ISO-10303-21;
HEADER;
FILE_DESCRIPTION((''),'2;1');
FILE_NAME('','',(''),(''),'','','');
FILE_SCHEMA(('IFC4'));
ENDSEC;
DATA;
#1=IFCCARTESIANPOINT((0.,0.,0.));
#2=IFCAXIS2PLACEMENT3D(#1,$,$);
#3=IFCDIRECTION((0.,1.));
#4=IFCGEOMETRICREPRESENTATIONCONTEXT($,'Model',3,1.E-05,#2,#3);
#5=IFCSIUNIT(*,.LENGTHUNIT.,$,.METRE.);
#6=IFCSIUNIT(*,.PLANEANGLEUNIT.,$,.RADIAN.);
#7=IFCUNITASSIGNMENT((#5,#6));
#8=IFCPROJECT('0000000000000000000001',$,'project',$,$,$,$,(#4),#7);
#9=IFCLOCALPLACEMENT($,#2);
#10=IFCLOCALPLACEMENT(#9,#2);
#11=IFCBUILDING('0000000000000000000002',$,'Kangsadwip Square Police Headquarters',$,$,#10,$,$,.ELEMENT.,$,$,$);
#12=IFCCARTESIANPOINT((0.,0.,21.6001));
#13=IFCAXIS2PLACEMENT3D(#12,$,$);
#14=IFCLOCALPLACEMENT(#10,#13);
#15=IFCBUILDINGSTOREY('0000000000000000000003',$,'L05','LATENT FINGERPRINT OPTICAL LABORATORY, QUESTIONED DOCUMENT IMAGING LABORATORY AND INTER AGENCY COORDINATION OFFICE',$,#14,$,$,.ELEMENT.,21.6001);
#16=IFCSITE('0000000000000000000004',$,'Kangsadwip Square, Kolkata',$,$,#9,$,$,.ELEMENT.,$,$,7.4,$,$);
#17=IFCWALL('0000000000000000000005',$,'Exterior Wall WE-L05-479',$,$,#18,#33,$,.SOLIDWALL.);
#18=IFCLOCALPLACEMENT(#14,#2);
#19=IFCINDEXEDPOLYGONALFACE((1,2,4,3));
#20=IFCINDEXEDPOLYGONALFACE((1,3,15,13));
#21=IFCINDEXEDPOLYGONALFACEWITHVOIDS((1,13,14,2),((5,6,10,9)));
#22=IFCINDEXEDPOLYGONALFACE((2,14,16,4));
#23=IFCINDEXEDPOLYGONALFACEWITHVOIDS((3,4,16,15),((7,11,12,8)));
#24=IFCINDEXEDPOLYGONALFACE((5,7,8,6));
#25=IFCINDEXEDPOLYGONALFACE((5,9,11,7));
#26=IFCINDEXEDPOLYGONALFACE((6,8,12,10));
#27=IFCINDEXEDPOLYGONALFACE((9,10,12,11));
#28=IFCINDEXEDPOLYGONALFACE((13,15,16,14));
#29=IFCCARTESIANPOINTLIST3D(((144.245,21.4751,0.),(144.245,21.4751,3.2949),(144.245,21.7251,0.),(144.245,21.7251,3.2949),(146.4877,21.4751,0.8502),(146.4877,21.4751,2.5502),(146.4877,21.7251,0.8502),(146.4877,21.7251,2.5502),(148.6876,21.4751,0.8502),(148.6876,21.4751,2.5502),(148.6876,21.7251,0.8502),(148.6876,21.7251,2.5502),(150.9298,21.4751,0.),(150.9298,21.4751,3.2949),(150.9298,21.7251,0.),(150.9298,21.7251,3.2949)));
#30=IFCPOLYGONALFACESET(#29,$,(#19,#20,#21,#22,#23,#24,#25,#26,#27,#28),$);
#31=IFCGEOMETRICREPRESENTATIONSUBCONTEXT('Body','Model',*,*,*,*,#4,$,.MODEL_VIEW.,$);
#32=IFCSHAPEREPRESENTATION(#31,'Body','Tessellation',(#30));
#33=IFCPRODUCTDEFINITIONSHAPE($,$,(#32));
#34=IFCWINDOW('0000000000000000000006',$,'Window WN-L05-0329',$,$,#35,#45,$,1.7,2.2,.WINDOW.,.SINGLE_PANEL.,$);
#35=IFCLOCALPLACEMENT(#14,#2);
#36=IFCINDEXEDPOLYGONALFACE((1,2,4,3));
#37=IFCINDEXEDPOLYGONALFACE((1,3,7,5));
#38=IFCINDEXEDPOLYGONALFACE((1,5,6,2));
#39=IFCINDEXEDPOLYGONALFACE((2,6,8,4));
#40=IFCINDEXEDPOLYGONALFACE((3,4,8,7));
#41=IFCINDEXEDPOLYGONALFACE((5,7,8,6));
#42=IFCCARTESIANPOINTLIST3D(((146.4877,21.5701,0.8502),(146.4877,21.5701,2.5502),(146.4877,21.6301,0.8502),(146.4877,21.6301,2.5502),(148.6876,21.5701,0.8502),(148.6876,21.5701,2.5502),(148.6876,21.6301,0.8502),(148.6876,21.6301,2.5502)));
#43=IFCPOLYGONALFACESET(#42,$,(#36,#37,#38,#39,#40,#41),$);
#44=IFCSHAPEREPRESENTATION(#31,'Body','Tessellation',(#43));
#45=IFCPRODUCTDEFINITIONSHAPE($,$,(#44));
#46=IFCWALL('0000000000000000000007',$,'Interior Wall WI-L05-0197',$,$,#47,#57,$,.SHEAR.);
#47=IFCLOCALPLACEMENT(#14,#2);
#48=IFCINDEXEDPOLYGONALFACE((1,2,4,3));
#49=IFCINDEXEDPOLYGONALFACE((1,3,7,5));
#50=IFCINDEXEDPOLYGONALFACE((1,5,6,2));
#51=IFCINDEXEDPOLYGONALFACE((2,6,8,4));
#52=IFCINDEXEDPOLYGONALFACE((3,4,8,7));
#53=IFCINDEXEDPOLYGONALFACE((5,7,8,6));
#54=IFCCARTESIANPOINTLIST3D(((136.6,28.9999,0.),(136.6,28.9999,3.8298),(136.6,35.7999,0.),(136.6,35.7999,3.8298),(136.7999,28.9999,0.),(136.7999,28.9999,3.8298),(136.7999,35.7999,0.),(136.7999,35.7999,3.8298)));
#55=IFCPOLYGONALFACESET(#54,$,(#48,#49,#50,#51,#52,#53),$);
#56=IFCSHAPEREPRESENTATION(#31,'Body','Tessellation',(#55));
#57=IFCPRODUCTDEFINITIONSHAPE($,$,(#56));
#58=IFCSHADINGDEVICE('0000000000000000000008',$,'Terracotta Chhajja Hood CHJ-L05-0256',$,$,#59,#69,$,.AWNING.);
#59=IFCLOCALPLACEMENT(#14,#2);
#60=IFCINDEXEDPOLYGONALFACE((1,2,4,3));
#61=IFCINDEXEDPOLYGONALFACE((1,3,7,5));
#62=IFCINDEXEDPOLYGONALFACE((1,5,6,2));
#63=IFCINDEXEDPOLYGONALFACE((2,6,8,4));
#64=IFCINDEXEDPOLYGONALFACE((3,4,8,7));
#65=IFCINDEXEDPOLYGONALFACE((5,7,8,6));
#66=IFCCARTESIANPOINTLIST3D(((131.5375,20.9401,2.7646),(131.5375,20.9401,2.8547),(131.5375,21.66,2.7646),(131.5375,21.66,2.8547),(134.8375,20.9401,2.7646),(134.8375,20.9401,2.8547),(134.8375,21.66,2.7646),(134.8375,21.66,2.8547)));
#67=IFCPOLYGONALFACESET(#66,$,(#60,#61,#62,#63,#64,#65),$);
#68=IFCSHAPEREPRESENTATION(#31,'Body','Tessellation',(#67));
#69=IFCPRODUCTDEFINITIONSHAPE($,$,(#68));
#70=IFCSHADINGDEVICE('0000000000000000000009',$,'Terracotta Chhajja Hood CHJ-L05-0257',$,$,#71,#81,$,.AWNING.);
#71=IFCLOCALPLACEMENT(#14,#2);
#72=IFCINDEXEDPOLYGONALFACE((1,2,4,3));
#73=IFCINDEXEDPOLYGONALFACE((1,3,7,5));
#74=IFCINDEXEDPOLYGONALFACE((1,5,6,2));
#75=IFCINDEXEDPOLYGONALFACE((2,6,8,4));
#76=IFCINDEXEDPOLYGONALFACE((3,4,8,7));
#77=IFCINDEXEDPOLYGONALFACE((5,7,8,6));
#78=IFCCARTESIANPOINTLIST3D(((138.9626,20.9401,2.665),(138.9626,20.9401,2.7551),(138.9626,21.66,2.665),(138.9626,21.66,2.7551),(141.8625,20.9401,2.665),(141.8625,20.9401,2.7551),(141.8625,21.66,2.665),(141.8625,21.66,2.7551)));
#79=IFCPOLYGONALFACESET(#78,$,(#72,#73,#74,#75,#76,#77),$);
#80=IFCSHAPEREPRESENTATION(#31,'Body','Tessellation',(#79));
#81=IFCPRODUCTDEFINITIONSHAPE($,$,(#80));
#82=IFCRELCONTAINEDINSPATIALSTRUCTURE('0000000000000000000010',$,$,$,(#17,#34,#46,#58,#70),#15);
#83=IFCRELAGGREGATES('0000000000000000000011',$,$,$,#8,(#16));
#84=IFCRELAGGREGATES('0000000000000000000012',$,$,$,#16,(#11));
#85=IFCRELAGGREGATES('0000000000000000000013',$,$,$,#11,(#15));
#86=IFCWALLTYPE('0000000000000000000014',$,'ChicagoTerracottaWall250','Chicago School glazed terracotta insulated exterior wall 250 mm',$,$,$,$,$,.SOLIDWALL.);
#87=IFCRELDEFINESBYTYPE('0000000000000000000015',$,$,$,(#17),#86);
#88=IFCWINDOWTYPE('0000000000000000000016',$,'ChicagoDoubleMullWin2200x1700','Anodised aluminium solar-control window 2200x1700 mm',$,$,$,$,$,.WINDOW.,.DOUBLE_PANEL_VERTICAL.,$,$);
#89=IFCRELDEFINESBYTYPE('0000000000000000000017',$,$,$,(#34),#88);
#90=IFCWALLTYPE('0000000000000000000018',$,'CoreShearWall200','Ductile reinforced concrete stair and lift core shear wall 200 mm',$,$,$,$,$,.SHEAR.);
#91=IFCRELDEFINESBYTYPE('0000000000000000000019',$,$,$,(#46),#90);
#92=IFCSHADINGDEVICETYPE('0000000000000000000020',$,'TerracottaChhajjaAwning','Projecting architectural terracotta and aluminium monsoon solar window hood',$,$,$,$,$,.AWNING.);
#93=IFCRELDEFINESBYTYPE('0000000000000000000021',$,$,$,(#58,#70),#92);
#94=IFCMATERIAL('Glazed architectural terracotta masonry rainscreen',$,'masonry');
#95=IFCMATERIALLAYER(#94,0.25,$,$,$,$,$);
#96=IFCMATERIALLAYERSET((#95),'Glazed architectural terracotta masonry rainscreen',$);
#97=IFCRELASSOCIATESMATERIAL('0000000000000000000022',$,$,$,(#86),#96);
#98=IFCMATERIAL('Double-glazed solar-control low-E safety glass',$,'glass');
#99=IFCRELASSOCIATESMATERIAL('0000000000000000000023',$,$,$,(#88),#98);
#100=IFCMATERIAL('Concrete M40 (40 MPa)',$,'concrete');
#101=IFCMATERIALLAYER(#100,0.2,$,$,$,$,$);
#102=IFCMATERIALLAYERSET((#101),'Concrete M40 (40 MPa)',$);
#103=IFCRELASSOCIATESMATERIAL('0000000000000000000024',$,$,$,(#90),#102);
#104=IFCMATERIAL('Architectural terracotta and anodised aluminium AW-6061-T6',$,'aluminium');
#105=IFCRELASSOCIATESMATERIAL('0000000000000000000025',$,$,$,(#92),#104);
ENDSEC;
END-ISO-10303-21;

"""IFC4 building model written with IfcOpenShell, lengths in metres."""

from ifc_helpers import new_model, si_unit, direction, frame, frame_2d, origin, origin_2d, place, context, subcontext, project, spatial, rectangle, extrude, material, layer, layer_set, type_object, element, fill, save


model = new_model("IFC4")

# Units and contexts
model_context = context("Model", 3, precision=1e-05, world=origin(), true_north=direction((0.0, 1.0)))
body_context = subcontext(model_context, "Body", "Model", "MODEL_VIEW")
ifc_project = project(units=[si_unit("LENGTHUNIT", "METRE"), si_unit("PLANEANGLEUNIT", "RADIAN")], contexts=[model_context])

# Site, building, storey
site_placement = place(None, origin())
site = spatial("IfcSite", under=ifc_project, at=site_placement, Name="Kangsadwip Square, Kolkata", CompositionType="ELEMENT", RefElevation=7.4)
building_placement = place(site_placement, origin())
building = spatial("IfcBuilding", under=site, at=building_placement, Name="Kangsadwip Square Police Headquarters", CompositionType="ELEMENT")
storey_placement = place(building_placement, frame((0.0, 0.0, 21.6001)))
storey = spatial("IfcBuildingStorey", under=building, at=storey_placement, Name="L05", Description="LATENT FINGERPRINT OPTICAL LABORATORY, QUESTIONED DOCUMENT IMAGING LABORATORY AND INTER AGENCY COORDINATION OFFICE", CompositionType="ELEMENT", Elevation=21.6001)

# Wall, opening, window
ifc_material_1 = material(Name="Glazed architectural terracotta masonry rainscreen", Category="masonry")
ifc_layer_1 = layer(ifc_material_1, 0.25)
ifc_layer_set_1 = layer_set([ifc_layer_1], Name="Glazed architectural terracotta masonry rainscreen")
wall_type_1 = type_object("IfcWallType", Name="ChicagoTerracottaWall250", Description="Chicago School glazed terracotta insulated exterior wall 250 mm", PredefinedType="SOLIDWALL", material=ifc_layer_set_1)
wall_1_placement = place(storey_placement, frame((144.2451, 21.6001, 0.0), z_axis=(0.0, 0.0, 1.0), x_axis=(1.0, 0.0, 0.0)))
wall_1 = element("IfcWall", 1, at=wall_1_placement, inside=storey, type_object=wall_type_1, Name="Exterior Wall WE-L05-479", PredefinedType="SOLIDWALL", context=body_context, shape_type="SweptSolid", body=[
    extrude(rectangle(XDim=6.6848, YDim=0.25, at=frame_2d((3.3423, 0.0))), origin(), (0.0, 0.0, 1.0), 3.2949),
])
opening_1_placement = place(wall_1_placement, frame((2.2424, 0.0, 0.8501)))
opening_1 = element("IfcOpeningElement", 2, at=opening_1_placement, cuts=wall_1, PredefinedType="OPENING", context=body_context, shape_type="SweptSolid", body=[
    extrude(rectangle(XDim=2.2, YDim=1.7, at=frame_2d((1.1001, 0.8501))), frame((0.0, 0.135, 0.0), z_axis=(0.0, -1.0, 0.0), x_axis=(1.0, 0.0, 0.0)), (0.0, 0.0, 1.0), 0.27),
])
ifc_material_2 = material(Name="Double-glazed solar-control low-E safety glass", Category="glass")
window_type_1 = type_object("IfcWindowType", Name="ChicagoDoubleMullWin2200x1700", Description="Anodised aluminium solar-control window 2200x1700 mm", PartitioningType="DOUBLE_PANEL_VERTICAL", PredefinedType="WINDOW", material=ifc_material_2)
window_1_placement = place(opening_1_placement, origin())
window_1 = element("IfcWindow", 3, at=window_1_placement, inside=storey, type_object=window_type_1, Name="Window WN-L05-0329", OverallHeight=1.7, OverallWidth=2.2, PartitioningType="SINGLE_PANEL", PredefinedType="WINDOW", context=body_context, shape_type="SweptSolid", body=[
    extrude(rectangle(XDim=2.2, YDim=1.7, at=frame_2d((1.1001, 0.8501))), frame((0.0, 0.03, 0.0), z_axis=(0.0, -1.0, 0.0), x_axis=(1.0, 0.0, 0.0)), (0.0, 0.0, 1.0), 0.0601),
])
fill(opening_1, window_1)

# Wall
ifc_material_3 = material(Name="Concrete M40 (40 MPa)", Category="concrete")
ifc_layer_2 = layer(ifc_material_3, 0.2)
ifc_layer_set_2 = layer_set([ifc_layer_2], Name="Concrete M40 (40 MPa)")
wall_type_2 = type_object("IfcWallType", Name="CoreShearWall200", Description="Ductile reinforced concrete stair and lift core shear wall 200 mm", PredefinedType="SHEAR", material=ifc_layer_set_2)
wall_2_placement = place(storey_placement, frame((136.7, 29.0, 0.0), z_axis=(0.0, 0.0, 1.0), x_axis=(0.0, 1.0, 0.0)))
element("IfcWall", 4, at=wall_2_placement, inside=storey, type_object=wall_type_2, Name="Interior Wall WI-L05-0197", PredefinedType="SHEAR", context=body_context, shape_type="SweptSolid", body=[
    extrude(rectangle(XDim=6.8, YDim=0.2, at=frame_2d((3.3999, 0.0))), origin(), (0.0, 0.0, 1.0), 3.8298),
])

# Shading devices
ifc_material_4 = material(Name="Architectural terracotta and anodised aluminium AW-6061-T6", Category="aluminium")
shading_device_type = type_object("IfcShadingDeviceType", Name="TerracottaChhajjaAwning", Description="Projecting architectural terracotta and aluminium monsoon solar window hood", PredefinedType="AWNING", material=ifc_material_4)
shading_device_1_placement = place(storey_placement, frame((133.1875, 21.3, 2.7646), z_axis=(0.0, 0.0, 1.0), x_axis=(1.0, 0.0, 0.0)))
element("IfcShadingDevice", 5, at=shading_device_1_placement, inside=storey, type_object=shading_device_type, Name="Terracotta Chhajja Hood CHJ-L05-0256", PredefinedType="AWNING", context=body_context, shape_type="SweptSolid", body=[
    extrude(rectangle(XDim=3.3, YDim=0.72, at=origin_2d()), origin(), (0.0, 0.0, 1.0), 0.0901),
])
shading_device_2_placement = place(storey_placement, frame((140.4126, 21.3, 2.665), z_axis=(0.0, 0.0, 1.0), x_axis=(1.0, 0.0, 0.0)))
element("IfcShadingDevice", 6, at=shading_device_2_placement, inside=storey, type_object=shading_device_type, Name="Terracotta Chhajja Hood CHJ-L05-0257", PredefinedType="AWNING", context=body_context, shape_type="SweptSolid", body=[
    extrude(rectangle(XDim=2.8999, YDim=0.72, at=origin_2d()), origin(), (0.0, 0.0, 1.0), 0.0901),
])

save(model, "model.ifc")
